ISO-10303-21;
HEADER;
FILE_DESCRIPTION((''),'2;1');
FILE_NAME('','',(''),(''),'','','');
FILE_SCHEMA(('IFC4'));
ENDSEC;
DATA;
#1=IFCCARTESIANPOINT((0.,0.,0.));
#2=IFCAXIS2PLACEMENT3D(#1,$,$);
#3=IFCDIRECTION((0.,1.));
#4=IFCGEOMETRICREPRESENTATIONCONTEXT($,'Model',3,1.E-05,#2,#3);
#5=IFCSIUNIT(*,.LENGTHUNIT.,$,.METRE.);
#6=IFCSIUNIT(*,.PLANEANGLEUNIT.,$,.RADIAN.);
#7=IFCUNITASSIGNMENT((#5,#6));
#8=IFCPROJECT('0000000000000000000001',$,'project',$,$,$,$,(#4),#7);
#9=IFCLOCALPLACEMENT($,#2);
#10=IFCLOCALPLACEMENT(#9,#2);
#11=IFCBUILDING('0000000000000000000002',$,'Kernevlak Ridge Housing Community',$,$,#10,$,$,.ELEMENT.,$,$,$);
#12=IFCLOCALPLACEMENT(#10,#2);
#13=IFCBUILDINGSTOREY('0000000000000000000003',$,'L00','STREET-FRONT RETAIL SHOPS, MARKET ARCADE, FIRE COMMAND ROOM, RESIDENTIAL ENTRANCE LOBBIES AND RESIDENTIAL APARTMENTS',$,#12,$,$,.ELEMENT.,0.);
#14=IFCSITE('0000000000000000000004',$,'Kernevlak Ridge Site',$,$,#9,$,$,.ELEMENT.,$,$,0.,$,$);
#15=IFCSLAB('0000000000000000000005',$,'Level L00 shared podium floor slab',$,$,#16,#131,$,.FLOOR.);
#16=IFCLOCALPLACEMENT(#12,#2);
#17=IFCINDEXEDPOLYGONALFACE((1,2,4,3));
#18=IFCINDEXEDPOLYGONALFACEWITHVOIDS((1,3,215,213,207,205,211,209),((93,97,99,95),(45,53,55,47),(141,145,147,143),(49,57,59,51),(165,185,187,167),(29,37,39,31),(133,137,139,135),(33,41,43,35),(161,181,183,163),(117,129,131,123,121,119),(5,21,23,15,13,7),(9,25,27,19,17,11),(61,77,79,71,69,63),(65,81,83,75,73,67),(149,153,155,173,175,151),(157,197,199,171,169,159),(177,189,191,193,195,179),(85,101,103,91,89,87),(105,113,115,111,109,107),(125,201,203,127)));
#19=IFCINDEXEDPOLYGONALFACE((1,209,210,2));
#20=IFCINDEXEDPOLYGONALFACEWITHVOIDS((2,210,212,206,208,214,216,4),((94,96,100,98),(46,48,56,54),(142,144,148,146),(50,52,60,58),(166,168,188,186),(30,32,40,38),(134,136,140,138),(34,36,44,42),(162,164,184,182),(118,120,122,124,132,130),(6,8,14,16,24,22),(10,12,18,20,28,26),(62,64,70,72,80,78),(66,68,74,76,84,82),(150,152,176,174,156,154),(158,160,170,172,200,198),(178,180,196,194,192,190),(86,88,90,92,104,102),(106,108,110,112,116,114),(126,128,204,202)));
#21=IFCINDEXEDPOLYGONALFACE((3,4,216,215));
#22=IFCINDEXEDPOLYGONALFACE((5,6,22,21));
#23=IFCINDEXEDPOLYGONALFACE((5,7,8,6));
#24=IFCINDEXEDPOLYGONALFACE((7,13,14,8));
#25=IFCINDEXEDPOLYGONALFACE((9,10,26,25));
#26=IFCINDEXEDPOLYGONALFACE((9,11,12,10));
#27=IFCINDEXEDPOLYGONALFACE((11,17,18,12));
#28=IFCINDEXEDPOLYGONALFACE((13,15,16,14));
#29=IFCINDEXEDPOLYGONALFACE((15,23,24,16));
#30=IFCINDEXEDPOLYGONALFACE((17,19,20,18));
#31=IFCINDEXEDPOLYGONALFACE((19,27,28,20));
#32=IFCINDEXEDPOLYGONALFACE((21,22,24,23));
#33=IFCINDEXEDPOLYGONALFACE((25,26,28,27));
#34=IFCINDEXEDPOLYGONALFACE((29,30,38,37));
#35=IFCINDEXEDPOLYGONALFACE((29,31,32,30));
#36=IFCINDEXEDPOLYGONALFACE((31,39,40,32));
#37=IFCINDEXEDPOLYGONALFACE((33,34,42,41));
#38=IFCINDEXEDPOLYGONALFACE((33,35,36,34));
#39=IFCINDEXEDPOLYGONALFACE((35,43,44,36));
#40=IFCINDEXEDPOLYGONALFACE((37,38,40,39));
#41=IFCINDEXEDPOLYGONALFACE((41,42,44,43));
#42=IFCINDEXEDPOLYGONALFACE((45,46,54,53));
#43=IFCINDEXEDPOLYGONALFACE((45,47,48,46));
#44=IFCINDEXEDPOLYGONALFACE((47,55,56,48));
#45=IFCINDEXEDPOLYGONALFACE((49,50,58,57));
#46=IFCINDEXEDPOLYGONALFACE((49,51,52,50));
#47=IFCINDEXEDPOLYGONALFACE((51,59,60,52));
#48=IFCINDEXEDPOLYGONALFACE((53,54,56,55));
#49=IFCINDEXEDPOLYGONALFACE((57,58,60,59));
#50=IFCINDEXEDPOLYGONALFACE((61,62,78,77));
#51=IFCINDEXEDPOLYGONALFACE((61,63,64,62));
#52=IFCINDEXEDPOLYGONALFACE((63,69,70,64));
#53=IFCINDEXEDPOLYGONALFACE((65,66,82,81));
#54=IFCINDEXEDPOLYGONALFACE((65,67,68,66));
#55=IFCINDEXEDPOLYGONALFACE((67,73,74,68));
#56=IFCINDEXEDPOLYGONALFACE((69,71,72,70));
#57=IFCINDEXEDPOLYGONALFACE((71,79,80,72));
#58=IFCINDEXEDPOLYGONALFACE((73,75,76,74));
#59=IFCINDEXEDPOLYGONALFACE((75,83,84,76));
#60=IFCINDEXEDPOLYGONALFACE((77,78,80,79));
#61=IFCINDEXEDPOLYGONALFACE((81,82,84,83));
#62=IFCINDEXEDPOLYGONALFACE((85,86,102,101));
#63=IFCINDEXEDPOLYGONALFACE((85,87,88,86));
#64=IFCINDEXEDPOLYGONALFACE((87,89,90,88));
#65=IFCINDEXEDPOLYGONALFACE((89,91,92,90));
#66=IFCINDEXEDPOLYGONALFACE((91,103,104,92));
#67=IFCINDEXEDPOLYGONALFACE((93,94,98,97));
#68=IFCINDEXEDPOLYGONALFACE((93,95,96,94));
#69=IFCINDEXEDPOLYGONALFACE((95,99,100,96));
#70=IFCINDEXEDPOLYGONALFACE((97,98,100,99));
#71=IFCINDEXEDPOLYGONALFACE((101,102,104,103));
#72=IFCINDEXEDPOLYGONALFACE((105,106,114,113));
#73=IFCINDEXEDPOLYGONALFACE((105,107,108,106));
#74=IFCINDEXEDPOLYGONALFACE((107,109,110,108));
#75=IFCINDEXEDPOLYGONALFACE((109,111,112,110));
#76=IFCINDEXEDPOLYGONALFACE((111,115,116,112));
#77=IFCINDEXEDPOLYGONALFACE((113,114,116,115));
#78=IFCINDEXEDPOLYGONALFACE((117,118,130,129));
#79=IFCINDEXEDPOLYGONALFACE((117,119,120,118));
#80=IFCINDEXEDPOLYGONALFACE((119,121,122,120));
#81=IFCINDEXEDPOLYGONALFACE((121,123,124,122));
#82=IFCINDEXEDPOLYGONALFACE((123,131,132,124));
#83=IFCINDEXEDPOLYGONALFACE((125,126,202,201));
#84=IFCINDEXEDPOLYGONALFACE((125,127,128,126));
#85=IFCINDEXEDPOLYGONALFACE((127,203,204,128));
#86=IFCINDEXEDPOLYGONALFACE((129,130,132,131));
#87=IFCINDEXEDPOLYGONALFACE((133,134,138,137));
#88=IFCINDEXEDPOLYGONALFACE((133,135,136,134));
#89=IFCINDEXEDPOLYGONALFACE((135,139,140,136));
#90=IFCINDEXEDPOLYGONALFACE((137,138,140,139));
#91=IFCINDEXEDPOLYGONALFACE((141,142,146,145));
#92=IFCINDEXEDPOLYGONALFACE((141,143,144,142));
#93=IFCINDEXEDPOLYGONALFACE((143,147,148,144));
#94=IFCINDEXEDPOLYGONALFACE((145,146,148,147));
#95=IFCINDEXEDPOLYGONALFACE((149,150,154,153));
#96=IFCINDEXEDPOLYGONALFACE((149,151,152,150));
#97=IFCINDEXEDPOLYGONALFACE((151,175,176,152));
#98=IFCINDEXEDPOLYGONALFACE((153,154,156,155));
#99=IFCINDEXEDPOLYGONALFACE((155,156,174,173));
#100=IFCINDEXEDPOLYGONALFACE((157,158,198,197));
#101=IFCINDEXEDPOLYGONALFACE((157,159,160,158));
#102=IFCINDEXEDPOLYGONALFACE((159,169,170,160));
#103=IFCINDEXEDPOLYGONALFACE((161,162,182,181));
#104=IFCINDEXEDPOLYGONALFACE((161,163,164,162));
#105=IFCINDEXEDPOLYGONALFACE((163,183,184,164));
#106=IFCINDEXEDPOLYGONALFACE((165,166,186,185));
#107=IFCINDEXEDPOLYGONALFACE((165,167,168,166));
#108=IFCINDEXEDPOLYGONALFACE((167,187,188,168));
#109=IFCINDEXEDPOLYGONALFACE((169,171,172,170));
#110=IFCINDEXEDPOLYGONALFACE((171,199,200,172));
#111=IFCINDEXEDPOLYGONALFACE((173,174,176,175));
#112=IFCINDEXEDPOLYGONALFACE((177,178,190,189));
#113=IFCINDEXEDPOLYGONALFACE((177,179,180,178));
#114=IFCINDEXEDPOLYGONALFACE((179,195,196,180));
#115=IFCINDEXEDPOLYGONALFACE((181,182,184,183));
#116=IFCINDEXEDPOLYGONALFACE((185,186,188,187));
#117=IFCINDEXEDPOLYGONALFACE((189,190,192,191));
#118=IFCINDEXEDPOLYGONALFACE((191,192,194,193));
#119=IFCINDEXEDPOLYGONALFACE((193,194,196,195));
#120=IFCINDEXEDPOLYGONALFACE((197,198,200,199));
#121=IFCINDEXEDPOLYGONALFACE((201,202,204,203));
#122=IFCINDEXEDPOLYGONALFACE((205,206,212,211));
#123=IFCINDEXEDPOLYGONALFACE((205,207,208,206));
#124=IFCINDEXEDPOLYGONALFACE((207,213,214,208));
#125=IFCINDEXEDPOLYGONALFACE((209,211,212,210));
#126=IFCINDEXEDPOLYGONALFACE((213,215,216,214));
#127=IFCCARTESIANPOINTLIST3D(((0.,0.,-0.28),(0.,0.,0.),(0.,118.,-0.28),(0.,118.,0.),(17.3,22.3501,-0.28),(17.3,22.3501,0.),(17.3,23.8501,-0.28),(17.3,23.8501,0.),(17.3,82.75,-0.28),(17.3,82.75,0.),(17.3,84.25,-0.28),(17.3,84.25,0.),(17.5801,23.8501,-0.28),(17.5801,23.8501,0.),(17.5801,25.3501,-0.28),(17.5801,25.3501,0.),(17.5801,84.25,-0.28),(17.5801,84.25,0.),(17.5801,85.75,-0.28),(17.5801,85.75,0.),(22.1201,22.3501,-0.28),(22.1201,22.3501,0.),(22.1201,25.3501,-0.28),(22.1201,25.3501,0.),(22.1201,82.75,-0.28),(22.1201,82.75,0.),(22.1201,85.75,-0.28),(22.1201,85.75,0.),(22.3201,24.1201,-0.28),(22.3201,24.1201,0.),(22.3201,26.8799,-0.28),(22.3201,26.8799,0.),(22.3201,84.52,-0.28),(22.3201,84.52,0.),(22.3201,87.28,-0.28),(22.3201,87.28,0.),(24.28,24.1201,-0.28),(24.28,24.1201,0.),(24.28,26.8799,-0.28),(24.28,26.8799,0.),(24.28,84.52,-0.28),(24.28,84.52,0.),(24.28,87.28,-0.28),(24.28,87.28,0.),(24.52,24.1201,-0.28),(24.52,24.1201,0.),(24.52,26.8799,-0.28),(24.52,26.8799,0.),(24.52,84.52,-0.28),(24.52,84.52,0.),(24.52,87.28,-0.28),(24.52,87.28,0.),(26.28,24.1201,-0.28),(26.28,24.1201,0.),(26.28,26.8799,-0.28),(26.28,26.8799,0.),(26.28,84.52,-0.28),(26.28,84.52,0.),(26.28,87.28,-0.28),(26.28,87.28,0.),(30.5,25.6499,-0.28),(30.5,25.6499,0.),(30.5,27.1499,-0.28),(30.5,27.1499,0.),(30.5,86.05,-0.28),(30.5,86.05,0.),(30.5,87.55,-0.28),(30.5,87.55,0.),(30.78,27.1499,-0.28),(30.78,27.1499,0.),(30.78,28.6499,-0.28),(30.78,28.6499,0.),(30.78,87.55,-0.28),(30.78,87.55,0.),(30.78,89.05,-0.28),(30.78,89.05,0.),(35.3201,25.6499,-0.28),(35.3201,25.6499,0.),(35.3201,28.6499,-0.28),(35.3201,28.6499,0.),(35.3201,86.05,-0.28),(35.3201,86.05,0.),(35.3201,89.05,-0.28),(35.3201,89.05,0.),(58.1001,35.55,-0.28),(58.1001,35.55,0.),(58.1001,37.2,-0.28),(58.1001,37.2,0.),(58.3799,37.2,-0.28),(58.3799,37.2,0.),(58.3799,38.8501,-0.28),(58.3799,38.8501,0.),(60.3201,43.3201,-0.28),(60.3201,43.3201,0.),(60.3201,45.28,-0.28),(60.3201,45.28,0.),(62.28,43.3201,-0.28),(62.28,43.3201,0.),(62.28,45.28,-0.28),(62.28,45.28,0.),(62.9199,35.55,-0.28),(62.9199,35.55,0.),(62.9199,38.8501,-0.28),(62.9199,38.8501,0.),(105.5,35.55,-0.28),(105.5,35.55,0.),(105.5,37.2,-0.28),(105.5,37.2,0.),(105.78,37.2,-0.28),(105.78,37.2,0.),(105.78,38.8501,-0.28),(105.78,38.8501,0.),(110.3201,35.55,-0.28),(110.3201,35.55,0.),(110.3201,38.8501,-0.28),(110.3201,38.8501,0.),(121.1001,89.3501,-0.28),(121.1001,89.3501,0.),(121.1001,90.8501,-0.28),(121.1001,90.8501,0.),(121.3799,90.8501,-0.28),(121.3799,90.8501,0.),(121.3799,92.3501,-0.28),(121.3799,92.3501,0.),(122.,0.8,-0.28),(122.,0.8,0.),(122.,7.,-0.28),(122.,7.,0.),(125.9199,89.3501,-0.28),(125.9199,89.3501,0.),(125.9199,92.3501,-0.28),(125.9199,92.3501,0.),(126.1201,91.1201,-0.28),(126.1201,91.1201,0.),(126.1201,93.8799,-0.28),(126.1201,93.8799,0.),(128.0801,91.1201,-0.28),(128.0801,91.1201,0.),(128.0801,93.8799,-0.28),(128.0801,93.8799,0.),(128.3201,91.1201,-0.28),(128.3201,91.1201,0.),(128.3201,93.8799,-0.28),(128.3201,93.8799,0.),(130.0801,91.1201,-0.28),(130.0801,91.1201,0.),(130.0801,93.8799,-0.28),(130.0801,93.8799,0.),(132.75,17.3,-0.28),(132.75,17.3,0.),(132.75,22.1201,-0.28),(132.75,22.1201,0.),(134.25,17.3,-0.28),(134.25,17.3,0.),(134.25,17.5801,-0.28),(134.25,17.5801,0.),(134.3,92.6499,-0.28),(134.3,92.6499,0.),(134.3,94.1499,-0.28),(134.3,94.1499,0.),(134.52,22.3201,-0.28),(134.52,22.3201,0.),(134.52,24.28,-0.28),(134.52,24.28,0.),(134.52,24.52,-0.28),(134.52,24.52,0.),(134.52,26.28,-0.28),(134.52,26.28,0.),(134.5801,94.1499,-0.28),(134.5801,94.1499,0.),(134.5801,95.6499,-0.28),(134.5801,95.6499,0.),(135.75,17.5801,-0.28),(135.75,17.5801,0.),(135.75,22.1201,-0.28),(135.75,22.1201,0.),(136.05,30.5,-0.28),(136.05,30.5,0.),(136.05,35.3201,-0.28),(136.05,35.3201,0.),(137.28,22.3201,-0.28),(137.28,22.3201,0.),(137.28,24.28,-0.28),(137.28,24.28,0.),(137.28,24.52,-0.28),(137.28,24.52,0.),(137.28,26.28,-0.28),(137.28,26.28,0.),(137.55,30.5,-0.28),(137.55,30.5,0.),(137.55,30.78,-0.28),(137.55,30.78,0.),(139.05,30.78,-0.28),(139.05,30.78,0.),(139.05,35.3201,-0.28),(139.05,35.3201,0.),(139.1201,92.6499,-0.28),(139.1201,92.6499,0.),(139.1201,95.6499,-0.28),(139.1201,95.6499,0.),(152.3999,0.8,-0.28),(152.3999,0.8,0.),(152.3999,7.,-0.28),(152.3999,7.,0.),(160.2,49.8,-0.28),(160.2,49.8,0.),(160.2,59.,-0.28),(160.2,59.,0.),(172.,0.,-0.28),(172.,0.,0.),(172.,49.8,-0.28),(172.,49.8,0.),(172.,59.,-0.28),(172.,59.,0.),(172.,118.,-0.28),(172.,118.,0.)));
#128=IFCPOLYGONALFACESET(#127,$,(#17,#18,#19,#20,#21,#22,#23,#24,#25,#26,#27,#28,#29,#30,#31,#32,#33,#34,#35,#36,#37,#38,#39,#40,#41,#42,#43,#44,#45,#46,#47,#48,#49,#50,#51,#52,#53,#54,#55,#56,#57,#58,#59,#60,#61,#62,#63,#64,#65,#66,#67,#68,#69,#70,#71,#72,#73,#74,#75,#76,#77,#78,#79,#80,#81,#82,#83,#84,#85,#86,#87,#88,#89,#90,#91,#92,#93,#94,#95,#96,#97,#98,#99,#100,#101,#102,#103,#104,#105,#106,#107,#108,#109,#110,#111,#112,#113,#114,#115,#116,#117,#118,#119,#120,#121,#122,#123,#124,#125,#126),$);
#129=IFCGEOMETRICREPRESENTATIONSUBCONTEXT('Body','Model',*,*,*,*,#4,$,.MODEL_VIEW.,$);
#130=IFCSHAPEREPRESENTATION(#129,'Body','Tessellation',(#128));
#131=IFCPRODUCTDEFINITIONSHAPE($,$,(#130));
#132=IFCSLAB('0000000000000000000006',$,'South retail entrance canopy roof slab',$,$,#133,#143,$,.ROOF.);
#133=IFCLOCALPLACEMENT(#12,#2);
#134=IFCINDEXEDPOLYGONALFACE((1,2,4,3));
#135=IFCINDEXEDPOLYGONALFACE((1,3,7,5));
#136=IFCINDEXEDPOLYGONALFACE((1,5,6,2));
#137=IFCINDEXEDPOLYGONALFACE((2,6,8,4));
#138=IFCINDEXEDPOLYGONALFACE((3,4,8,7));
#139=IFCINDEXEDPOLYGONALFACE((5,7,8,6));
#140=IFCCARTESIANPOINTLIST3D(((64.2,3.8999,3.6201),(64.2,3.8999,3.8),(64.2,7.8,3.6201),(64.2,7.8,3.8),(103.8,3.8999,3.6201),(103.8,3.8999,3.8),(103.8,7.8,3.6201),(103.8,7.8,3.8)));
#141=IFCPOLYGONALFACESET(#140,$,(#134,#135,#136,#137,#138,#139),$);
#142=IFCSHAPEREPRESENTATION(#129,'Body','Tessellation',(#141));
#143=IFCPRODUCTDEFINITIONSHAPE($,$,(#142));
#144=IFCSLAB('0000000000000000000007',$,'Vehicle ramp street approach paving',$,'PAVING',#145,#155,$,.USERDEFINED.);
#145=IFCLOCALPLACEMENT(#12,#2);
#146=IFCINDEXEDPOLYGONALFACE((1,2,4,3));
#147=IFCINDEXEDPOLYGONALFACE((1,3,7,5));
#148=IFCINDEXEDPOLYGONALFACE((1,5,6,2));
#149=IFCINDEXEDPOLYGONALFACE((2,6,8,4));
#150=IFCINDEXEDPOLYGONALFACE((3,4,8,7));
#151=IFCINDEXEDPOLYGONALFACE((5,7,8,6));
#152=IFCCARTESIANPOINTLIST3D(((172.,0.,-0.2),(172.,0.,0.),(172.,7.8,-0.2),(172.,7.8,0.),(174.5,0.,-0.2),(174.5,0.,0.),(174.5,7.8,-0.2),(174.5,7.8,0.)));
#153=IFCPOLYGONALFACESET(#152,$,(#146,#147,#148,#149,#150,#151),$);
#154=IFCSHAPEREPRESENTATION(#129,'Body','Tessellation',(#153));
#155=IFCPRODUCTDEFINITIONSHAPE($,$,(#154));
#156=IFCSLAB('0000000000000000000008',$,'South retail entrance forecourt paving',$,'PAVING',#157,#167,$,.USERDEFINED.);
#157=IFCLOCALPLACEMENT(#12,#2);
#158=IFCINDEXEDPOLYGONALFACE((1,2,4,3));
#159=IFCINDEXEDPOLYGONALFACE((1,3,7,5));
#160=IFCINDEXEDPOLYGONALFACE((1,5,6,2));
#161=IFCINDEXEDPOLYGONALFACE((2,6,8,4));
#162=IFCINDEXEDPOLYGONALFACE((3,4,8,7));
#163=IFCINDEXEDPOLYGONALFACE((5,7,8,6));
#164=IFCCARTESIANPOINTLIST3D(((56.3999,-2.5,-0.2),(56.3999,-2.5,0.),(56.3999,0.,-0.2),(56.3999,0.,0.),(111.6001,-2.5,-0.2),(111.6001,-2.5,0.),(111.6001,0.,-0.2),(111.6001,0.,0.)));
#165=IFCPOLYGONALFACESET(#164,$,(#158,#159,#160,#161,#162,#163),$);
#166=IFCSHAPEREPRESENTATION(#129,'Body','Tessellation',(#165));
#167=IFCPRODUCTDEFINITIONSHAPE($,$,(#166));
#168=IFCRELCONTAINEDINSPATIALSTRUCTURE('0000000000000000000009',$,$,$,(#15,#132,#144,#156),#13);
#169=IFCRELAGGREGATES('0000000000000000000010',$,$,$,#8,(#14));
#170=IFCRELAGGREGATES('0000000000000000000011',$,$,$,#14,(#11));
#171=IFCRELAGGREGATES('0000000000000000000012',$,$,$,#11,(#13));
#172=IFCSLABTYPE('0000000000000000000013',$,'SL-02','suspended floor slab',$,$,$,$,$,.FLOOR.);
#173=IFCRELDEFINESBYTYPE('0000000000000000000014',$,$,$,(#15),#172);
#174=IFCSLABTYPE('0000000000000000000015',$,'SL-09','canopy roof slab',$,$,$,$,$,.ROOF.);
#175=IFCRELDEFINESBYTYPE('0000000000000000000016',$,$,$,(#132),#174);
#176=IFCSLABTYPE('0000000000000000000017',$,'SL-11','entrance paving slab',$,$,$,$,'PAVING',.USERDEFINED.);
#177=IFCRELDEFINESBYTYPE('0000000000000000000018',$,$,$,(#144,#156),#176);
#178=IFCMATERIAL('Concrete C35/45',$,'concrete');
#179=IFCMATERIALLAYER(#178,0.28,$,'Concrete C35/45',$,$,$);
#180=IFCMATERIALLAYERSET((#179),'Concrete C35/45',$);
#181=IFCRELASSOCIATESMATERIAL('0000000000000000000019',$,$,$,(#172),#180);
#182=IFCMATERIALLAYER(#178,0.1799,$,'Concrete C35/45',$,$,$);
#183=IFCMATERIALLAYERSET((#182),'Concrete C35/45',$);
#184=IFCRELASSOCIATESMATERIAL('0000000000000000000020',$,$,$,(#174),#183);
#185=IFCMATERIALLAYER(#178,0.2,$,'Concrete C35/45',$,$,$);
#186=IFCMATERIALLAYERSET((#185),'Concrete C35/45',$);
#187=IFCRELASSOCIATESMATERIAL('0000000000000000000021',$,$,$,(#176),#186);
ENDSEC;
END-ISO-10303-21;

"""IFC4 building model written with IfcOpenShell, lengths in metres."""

from ifc_helpers import new_model, si_unit, direction, frame, origin, place, context, subcontext, project, spatial, polyline, outline, extrude, material, layer, layer_set, type_object, element, save


model = new_model("IFC4")

# Units and contexts
model_context = context("Model", 3, precision=1e-05, world=origin(), true_north=direction((0.0, 1.0)))
body_context = subcontext(model_context, "Body", "Model", "MODEL_VIEW")
ifc_project = project(units=[si_unit("LENGTHUNIT", "METRE"), si_unit("PLANEANGLEUNIT", "RADIAN")], contexts=[model_context])

# Site, building, storey
site_placement = place(None, origin())
site = spatial("IfcSite", under=ifc_project, at=site_placement, Name="Kernevlak Ridge Site", CompositionType="ELEMENT", RefElevation=0.0)
building_placement = place(site_placement, origin())
building = spatial("IfcBuilding", under=site, at=building_placement, Name="Kernevlak Ridge Housing Community", CompositionType="ELEMENT")
storey_placement = place(building_placement, origin())
storey = spatial("IfcBuildingStorey", under=building, at=storey_placement, Name="L00", Description="STREET-FRONT RETAIL SHOPS, MARKET ARCADE, FIRE COMMAND ROOM, RESIDENTIAL ENTRANCE LOBBIES AND RESIDENTIAL APARTMENTS", CompositionType="ELEMENT", Elevation=0.0)

# Slabs
ifc_material_1 = material(Name="Concrete C35/45", Category="concrete")
ifc_layer_1 = layer(ifc_material_1, 0.28, Name="Concrete C35/45")
ifc_layer_set_1 = layer_set([ifc_layer_1], Name="Concrete C35/45")
slab_type_1 = type_object("IfcSlabType", Name="SL-02", Description="suspended floor slab", PredefinedType="FLOOR", material=ifc_layer_set_1)
slab_1_placement = place(storey_placement, frame((0.0, 0.0, -0.28)))
element("IfcSlab", 1, at=slab_1_placement, inside=storey, type_object=slab_type_1, Name="Level L00 shared podium floor slab", PredefinedType="FLOOR", context=body_context, shape_type="SweptSolid", body=[
    extrude(outline(polyline([(0.0, 0.0), (172.0, 0.0), (172.0, 49.8), (160.2, 49.8), (160.2, 59.0), (172.0, 59.0), (172.0, 118.0), (0.0, 118.0), (0.0, 0.0)]), holes=[polyline([(122.0, 7.0), (152.3999, 7.0), (152.3999, 0.8), (122.0, 0.8), (122.0, 7.0)]), polyline([(17.3, 84.25), (17.5801, 84.25), (17.5801, 85.75), (22.1201, 85.75), (22.1201, 82.75), (17.3, 82.75), (17.3, 84.25)]), polyline([(30.5, 87.55), (30.78, 87.55), (30.78, 89.05), (35.3201, 89.05), (35.3201, 86.05), (30.5, 86.05), (30.5, 87.55)]), polyline([(121.1001, 90.8501), (121.3799, 90.8501), (121.3799, 92.3501), (125.9199, 92.3501), (125.9199, 89.3501), (121.1001, 89.3501), (121.1001, 90.8501)]), polyline([(134.3, 94.1499), (134.5801, 94.1499), (134.5801, 95.6499), (139.1201, 95.6499), (139.1201, 92.6499), (134.3, 92.6499), (134.3, 94.1499)]), polyline([(132.75, 17.3), (132.75, 22.1201), (135.75, 22.1201), (135.75, 17.5801), (134.25, 17.5801), (134.25, 17.3), (132.75, 17.3)]), polyline([(136.05, 30.5), (136.05, 35.3201), (139.05, 35.3201), (139.05, 30.78), (137.55, 30.78), (137.55, 30.5), (136.05, 30.5)]), polyline([(17.3, 23.8501), (17.5801, 23.8501), (17.5801, 25.3501), (22.1201, 25.3501), (22.1201, 22.3501), (17.3, 22.3501), (17.3, 23.8501)]), polyline([(30.5, 27.1499), (30.78, 27.1499), (30.78, 28.6499), (35.3201, 28.6499), (35.3201, 25.6499), (30.5, 25.6499), (30.5, 27.1499)]), polyline([(58.1001, 37.2), (58.3799, 37.2), (58.3799, 38.8501), (62.9199, 38.8501), (62.9199, 35.55), (58.1001, 35.55), (58.1001, 37.2)]), polyline([(105.5, 37.2), (105.78, 37.2), (105.78, 38.8501), (110.3201, 38.8501), (110.3201, 35.55), (105.5, 35.55), (105.5, 37.2)]), polyline([(22.3201, 87.28), (24.28, 87.28), (24.28, 84.52), (22.3201, 84.52), (22.3201, 87.28)]), polyline([(24.52, 87.28), (26.28, 87.28), (26.28, 84.52), (24.52, 84.52), (24.52, 87.28)]), polyline([(126.1201, 93.8799), (128.0801, 93.8799), (128.0801, 91.1201), (126.1201, 91.1201), (126.1201, 93.8799)]), polyline([(128.3201, 93.8799), (130.0801, 93.8799), (130.0801, 91.1201), (128.3201, 91.1201), (128.3201, 93.8799)]), polyline([(134.52, 24.28), (137.28, 24.28), (137.28, 22.3201), (134.52, 22.3201), (134.52, 24.28)]), polyline([(134.52, 26.28), (137.28, 26.28), (137.28, 24.52), (134.52, 24.52), (134.52, 26.28)]), polyline([(22.3201, 26.8799), (24.28, 26.8799), (24.28, 24.1201), (22.3201, 24.1201), (22.3201, 26.8799)]), polyline([(24.52, 26.8799), (26.28, 26.8799), (26.28, 24.1201), (24.52, 24.1201), (24.52, 26.8799)]), polyline([(60.3201, 45.28), (62.28, 45.28), (62.28, 43.3201), (60.3201, 43.3201), (60.3201, 45.28)])]), origin(), (0.0, 0.0, 1.0), 0.28),
])
ifc_layer_2 = layer(ifc_material_1, 0.1799, Name="Concrete C35/45")
ifc_layer_set_2 = layer_set([ifc_layer_2], Name="Concrete C35/45")
slab_type_2 = type_object("IfcSlabType", Name="SL-09", Description="canopy roof slab", PredefinedType="ROOF", material=ifc_layer_set_2)
slab_2_placement = place(storey_placement, frame((0.0, 0.0, 3.6201)))
element("IfcSlab", 2, at=slab_2_placement, inside=storey, type_object=slab_type_2, Name="South retail entrance canopy roof slab", PredefinedType="ROOF", context=body_context, shape_type="SweptSolid", body=[
    extrude(outline(polyline([(64.2, 3.8999), (103.8, 3.8999), (103.8, 7.8), (64.2, 7.8), (64.2, 3.8999)])), origin(), (0.0, 0.0, 1.0), 0.1799),
])
ifc_layer_3 = layer(ifc_material_1, 0.2, Name="Concrete C35/45")
ifc_layer_set_3 = layer_set([ifc_layer_3], Name="Concrete C35/45")
slab_type_3 = type_object("IfcSlabType", Name="SL-11", Description="entrance paving slab", ElementType="PAVING", PredefinedType="USERDEFINED", material=ifc_layer_set_3)
slab_3_placement = place(storey_placement, frame((0.0, 0.0, -0.2)))
element("IfcSlab", 3, at=slab_3_placement, inside=storey, type_object=slab_type_3, Name="Vehicle ramp street approach paving", ObjectType="PAVING", PredefinedType="USERDEFINED", context=body_context, shape_type="SweptSolid", body=[
    extrude(outline(polyline([(172.0, 0.0), (174.5, 0.0), (174.5, 7.8), (172.0, 7.8), (172.0, 0.0)])), origin(), (0.0, 0.0, 1.0), 0.2),
])
slab_4_placement = place(storey_placement, frame((0.0, 0.0, -0.2)))
element("IfcSlab", 4, at=slab_4_placement, inside=storey, type_object=slab_type_3, Name="South retail entrance forecourt paving", ObjectType="PAVING", PredefinedType="USERDEFINED", context=body_context, shape_type="SweptSolid", body=[
    extrude(outline(polyline([(56.3999, -2.5), (111.6001, -2.5), (111.6001, 0.0), (56.3999, 0.0), (56.3999, -2.5)])), origin(), (0.0, 0.0, 1.0), 0.2),
])

save(model, "model.ifc")
